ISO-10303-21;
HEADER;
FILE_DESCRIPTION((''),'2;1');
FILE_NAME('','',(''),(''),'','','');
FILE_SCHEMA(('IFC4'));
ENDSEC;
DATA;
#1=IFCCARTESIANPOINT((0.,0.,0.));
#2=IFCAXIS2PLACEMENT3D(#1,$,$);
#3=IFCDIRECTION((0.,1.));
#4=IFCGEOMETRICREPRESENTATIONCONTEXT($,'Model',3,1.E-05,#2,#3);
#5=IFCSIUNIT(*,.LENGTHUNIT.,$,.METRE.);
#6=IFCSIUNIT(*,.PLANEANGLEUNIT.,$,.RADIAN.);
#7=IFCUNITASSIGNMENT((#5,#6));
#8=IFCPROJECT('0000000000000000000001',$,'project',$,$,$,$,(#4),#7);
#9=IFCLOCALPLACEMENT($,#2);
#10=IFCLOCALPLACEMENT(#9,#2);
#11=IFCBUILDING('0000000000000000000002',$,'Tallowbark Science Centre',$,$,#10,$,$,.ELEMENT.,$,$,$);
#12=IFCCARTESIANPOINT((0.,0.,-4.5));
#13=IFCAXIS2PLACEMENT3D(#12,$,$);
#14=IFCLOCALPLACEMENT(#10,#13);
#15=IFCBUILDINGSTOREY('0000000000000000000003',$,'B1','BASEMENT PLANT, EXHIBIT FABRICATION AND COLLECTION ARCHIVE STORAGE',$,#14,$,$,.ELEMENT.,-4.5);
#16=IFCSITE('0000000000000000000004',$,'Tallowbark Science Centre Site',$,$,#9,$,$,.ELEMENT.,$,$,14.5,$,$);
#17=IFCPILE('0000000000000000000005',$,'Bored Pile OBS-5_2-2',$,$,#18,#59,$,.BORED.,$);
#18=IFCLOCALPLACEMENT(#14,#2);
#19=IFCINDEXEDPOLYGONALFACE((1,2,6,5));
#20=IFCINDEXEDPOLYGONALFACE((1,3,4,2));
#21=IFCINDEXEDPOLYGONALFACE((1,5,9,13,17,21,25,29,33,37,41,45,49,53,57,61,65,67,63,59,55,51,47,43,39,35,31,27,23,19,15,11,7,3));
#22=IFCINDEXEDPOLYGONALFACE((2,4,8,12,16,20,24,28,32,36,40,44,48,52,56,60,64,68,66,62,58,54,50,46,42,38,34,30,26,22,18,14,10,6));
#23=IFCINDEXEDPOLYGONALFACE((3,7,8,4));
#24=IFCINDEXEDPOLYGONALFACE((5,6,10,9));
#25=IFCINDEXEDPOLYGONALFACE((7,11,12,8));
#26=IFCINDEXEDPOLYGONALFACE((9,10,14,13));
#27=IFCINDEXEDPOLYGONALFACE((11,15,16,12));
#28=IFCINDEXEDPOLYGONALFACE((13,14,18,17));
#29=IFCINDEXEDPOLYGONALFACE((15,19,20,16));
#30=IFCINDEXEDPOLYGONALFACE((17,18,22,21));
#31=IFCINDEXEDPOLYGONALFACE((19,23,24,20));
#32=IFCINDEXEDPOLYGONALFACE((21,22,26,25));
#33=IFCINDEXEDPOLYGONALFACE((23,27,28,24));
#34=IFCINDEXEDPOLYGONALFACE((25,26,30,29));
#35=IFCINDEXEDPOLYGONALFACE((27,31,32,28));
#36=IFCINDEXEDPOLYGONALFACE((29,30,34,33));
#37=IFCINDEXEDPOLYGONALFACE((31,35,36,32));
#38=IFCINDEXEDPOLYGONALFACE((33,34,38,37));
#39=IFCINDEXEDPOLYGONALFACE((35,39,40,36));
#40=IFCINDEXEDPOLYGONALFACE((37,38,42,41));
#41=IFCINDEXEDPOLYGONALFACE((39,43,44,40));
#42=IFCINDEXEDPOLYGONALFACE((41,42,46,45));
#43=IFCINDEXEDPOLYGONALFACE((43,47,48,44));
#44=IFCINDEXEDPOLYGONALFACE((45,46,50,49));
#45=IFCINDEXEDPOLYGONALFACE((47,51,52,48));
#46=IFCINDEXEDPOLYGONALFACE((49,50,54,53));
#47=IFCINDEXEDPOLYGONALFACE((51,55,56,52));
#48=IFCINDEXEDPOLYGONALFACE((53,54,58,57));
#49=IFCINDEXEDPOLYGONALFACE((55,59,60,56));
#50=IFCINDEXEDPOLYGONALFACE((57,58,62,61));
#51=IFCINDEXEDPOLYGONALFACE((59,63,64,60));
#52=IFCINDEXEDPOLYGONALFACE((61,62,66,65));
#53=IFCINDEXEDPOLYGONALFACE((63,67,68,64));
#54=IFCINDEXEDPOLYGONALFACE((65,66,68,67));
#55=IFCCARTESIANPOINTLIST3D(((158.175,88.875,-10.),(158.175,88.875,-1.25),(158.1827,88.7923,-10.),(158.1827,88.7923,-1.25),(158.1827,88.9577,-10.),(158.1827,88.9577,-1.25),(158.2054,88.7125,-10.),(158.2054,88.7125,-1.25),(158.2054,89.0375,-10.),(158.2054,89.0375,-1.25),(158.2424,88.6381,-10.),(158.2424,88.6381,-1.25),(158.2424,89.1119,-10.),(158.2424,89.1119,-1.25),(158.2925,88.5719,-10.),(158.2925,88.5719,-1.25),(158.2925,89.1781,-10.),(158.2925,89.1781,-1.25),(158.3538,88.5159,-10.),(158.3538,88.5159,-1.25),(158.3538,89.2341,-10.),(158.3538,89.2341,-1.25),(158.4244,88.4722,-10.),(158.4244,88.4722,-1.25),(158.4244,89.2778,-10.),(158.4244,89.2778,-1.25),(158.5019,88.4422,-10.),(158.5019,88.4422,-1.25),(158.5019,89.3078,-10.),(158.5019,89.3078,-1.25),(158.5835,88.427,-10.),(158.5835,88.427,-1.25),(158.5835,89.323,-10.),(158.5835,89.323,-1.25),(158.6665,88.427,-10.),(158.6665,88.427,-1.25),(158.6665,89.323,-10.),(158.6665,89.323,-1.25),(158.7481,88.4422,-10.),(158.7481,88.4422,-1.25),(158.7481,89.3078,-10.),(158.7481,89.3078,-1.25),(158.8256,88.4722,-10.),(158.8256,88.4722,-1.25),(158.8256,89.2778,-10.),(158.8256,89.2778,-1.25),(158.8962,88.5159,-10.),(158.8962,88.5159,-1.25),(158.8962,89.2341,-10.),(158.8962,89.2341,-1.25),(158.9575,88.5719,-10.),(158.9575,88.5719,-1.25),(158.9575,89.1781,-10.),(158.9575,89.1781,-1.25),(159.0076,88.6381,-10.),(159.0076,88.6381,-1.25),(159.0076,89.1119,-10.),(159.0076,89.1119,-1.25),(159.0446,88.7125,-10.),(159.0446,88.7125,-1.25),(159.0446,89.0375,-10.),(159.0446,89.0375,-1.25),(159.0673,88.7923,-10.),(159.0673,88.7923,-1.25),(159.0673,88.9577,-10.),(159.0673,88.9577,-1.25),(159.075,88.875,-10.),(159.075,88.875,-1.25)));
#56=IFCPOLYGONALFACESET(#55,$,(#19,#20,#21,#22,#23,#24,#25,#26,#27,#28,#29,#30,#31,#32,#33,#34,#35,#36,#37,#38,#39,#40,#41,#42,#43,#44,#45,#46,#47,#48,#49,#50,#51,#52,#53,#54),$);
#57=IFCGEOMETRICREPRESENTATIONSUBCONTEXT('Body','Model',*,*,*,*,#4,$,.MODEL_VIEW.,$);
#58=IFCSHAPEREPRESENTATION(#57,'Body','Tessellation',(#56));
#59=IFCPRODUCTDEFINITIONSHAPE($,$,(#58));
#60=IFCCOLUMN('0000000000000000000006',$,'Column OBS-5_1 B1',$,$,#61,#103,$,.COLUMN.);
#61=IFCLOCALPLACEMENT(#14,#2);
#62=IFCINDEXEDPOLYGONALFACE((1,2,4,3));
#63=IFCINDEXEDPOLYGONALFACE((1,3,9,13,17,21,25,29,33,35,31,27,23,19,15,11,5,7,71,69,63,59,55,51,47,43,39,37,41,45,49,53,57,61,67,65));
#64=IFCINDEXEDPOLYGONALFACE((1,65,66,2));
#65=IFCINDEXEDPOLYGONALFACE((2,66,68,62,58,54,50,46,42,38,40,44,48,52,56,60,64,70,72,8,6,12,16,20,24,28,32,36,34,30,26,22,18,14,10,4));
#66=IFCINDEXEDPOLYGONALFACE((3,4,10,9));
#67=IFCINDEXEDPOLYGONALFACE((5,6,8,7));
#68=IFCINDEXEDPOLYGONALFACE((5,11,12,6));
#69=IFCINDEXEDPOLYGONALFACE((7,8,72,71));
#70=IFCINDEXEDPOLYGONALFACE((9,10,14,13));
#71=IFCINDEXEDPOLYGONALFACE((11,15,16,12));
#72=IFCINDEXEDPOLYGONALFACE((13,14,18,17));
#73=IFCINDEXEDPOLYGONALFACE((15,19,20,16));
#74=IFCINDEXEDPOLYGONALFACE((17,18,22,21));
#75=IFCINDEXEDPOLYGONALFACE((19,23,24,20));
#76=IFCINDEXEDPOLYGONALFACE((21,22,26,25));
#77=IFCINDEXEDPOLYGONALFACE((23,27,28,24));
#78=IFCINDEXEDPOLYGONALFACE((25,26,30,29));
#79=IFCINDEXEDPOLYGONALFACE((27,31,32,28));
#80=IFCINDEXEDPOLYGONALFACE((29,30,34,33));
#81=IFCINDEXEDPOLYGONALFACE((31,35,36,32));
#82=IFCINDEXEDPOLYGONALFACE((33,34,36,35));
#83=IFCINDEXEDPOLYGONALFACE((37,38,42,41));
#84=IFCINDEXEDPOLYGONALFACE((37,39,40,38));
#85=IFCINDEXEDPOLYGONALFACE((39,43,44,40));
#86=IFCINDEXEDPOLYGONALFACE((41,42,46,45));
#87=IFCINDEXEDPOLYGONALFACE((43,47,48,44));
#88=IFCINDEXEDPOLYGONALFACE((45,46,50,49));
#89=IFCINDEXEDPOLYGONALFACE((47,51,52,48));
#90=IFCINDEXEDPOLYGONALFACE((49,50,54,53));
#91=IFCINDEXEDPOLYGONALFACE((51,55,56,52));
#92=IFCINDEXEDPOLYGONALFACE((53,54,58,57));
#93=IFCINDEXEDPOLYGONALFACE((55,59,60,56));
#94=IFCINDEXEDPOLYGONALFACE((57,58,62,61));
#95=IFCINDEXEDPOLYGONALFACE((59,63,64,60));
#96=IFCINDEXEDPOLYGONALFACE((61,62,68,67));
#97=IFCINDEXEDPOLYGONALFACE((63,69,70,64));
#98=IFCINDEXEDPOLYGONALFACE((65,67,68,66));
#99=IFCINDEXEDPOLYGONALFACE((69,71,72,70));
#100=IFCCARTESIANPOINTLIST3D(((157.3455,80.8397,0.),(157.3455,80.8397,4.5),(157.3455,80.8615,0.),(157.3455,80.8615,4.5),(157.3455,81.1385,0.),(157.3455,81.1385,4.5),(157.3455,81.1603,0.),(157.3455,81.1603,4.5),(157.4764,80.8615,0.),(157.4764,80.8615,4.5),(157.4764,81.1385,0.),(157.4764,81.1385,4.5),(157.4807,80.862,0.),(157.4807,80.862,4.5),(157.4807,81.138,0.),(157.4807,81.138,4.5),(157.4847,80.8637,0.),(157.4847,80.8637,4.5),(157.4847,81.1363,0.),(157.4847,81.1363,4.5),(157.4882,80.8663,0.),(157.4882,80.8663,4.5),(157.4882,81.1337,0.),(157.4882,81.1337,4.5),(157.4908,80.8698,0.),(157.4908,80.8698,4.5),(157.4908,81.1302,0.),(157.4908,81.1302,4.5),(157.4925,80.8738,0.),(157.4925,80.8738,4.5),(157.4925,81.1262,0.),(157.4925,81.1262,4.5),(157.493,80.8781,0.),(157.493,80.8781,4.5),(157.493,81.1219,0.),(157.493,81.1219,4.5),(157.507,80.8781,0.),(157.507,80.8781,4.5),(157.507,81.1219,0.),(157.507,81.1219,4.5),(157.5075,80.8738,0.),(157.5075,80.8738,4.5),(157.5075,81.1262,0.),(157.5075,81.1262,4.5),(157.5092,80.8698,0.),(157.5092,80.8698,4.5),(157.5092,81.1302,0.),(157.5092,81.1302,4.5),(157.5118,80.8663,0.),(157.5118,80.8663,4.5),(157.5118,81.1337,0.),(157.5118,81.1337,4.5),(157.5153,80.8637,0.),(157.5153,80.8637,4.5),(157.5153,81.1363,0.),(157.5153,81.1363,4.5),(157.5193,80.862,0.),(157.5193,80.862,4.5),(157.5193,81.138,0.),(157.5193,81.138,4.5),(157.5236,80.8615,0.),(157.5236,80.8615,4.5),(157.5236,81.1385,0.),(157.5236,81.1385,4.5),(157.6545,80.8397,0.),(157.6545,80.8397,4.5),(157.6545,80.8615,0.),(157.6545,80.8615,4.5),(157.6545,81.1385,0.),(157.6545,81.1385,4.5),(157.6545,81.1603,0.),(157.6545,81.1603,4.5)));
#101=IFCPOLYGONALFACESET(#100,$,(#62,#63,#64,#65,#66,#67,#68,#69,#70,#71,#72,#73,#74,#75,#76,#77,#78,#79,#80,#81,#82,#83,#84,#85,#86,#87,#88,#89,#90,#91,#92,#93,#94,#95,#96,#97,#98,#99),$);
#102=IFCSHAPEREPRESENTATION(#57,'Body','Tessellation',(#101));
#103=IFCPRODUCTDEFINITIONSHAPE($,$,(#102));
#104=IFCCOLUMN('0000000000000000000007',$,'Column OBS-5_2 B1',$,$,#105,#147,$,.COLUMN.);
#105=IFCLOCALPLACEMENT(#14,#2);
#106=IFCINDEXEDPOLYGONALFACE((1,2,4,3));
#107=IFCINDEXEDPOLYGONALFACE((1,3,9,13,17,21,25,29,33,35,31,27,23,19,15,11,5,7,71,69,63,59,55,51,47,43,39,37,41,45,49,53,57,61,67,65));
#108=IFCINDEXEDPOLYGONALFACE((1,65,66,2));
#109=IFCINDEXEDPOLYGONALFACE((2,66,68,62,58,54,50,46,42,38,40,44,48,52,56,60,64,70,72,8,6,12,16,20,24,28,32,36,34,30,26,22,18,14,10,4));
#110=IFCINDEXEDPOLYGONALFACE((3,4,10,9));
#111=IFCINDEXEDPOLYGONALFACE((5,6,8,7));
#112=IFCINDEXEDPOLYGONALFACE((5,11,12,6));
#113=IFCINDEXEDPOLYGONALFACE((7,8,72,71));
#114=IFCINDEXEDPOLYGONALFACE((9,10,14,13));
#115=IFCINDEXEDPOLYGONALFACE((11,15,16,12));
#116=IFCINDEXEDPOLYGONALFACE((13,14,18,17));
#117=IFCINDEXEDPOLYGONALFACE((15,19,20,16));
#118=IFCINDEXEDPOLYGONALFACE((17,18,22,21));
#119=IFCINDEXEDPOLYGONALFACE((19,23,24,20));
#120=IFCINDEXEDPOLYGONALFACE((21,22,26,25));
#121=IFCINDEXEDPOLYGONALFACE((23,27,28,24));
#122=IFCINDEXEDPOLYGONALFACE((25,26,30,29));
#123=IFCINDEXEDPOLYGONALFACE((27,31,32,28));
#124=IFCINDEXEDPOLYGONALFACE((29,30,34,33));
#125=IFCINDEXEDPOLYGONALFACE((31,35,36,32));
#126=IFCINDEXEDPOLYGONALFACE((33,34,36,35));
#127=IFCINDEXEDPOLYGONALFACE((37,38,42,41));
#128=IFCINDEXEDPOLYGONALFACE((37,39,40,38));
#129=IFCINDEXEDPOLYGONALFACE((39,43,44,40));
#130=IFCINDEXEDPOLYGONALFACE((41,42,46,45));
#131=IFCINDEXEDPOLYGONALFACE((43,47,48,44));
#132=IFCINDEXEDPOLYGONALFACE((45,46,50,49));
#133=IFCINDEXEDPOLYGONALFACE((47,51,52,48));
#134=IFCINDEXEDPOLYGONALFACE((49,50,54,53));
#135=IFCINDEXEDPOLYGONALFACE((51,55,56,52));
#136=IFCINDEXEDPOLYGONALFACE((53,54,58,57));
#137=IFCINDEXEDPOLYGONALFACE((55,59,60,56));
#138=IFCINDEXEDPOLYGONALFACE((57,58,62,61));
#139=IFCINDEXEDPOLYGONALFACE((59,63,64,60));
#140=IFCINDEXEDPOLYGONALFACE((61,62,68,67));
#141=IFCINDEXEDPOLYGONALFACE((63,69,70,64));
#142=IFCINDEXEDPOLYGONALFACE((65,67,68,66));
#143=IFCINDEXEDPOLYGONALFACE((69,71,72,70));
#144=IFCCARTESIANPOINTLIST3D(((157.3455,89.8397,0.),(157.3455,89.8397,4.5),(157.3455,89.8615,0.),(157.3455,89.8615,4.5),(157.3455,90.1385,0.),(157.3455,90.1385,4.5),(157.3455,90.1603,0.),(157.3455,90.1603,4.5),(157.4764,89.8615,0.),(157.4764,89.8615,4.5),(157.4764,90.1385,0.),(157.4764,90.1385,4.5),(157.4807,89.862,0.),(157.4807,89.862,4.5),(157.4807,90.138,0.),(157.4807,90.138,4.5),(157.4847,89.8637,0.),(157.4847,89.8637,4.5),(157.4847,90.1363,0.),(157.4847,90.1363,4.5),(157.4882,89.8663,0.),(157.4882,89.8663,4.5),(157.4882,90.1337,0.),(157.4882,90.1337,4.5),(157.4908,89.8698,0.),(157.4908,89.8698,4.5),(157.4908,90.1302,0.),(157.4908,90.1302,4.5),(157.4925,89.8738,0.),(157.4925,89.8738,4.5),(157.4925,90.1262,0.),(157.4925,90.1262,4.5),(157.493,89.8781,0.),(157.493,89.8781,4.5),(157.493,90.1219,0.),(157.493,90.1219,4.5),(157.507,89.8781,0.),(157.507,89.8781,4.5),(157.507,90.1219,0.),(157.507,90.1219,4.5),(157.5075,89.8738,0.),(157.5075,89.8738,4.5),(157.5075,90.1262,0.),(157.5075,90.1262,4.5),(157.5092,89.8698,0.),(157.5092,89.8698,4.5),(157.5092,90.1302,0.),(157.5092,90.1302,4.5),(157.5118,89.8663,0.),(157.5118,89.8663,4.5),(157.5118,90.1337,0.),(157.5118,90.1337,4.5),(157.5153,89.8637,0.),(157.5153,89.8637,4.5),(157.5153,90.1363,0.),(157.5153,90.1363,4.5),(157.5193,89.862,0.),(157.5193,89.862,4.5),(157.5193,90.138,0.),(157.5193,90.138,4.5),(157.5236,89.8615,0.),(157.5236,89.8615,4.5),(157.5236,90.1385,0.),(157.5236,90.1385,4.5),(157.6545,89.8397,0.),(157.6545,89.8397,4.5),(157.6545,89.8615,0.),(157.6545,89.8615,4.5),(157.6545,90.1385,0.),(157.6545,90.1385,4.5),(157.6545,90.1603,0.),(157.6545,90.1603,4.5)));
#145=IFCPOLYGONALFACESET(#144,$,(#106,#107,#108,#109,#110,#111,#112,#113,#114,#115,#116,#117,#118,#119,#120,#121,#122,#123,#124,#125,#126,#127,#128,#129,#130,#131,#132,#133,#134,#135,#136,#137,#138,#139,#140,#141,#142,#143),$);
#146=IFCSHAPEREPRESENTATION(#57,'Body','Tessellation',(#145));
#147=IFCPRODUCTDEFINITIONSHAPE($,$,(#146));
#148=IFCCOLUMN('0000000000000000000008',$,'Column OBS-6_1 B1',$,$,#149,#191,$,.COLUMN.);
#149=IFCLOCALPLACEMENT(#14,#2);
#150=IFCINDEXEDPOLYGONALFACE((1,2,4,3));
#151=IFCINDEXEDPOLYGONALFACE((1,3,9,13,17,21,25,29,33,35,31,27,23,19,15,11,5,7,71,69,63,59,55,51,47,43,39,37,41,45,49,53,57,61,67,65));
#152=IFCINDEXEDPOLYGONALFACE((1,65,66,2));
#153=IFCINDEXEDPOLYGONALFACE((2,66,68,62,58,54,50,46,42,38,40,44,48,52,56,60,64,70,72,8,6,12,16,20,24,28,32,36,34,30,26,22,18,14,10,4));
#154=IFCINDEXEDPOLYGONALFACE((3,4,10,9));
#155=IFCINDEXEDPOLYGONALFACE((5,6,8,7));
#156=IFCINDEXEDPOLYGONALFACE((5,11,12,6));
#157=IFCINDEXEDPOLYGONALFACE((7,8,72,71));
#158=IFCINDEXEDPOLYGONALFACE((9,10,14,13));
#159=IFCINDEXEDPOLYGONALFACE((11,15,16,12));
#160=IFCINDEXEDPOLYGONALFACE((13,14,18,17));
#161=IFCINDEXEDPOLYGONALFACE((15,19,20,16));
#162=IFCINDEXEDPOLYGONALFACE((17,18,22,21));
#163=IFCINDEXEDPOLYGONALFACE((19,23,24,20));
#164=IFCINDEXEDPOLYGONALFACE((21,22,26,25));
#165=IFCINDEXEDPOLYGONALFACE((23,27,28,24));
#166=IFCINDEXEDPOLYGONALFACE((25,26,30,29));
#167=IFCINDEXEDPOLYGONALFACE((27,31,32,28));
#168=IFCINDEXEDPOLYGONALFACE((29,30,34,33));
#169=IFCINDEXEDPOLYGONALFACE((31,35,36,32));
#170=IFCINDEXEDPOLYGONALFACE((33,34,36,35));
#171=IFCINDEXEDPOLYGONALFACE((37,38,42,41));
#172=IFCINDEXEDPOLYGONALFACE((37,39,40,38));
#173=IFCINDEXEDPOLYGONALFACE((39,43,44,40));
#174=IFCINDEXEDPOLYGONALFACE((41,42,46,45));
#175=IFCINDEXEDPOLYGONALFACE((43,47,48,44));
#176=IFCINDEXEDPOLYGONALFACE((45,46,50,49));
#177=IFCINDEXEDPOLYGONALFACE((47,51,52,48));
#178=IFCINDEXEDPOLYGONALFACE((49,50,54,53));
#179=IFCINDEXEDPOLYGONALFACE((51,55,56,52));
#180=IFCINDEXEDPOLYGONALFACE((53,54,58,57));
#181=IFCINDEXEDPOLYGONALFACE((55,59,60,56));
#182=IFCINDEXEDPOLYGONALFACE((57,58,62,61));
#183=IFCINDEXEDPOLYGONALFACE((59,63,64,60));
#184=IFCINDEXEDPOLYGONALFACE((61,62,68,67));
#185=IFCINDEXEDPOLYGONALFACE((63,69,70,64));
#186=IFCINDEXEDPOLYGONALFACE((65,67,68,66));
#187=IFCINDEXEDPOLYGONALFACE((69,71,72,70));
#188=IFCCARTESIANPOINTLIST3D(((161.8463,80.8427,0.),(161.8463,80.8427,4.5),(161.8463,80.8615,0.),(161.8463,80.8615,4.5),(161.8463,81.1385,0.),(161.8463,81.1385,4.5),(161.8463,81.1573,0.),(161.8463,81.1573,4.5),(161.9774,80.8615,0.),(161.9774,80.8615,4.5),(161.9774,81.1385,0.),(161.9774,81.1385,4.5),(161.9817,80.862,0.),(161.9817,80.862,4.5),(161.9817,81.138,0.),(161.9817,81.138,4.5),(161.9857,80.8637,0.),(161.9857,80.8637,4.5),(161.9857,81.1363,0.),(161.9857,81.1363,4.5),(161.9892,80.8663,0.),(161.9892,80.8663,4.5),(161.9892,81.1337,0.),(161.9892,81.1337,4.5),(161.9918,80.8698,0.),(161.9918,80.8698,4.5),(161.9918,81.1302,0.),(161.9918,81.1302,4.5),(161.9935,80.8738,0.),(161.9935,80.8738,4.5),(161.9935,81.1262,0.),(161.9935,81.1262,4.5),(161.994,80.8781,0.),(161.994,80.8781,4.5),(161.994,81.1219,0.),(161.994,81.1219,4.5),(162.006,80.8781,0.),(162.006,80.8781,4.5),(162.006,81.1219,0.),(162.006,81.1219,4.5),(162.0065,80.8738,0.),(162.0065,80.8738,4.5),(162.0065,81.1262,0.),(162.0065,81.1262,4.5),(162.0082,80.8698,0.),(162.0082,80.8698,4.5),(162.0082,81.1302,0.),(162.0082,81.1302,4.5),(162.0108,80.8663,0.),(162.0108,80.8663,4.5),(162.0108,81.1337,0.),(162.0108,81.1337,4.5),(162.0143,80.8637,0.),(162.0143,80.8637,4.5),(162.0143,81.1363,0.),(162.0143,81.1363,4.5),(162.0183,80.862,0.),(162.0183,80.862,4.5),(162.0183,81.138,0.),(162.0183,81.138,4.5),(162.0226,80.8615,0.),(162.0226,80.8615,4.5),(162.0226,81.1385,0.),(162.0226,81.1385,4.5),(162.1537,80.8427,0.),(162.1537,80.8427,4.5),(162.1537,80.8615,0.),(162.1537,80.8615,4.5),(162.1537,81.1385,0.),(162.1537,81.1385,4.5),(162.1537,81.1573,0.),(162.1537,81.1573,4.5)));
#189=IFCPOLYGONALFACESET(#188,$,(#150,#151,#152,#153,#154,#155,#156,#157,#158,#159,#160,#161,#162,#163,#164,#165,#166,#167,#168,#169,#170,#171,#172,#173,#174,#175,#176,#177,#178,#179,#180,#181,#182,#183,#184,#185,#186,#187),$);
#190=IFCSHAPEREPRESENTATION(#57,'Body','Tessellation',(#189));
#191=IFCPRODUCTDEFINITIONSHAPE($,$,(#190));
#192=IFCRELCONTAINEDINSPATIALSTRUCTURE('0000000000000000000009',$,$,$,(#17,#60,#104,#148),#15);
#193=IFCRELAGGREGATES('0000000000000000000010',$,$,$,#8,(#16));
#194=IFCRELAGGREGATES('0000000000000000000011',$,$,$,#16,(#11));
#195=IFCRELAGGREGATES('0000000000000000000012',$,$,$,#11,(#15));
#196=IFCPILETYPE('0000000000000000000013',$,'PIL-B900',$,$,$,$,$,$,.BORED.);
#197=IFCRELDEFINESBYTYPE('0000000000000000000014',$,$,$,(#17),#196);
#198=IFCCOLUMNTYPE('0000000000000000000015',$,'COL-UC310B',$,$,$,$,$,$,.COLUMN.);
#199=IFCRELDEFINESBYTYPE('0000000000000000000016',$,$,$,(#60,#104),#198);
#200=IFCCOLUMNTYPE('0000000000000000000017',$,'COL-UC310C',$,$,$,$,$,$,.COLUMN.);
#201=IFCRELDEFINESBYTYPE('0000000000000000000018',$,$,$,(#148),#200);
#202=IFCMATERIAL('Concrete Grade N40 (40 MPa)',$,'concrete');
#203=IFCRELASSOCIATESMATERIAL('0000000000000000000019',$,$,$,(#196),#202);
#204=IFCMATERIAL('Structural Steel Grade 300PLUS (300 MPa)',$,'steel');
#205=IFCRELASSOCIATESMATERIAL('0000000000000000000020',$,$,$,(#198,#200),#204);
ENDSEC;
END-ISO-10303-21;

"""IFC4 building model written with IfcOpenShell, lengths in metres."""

from ifc_helpers import new_model, si_unit, direction, frame, origin, origin_2d, place, context, subcontext, project, spatial, circle, i_section, extrude, material, material_profile, profile_set, type_object, element, save


model = new_model("IFC4")

# Units and contexts
model_context = context("Model", 3, precision=1e-05, world=origin(), true_north=direction((0.0, 1.0)))
body_context = subcontext(model_context, "Body", "Model", "MODEL_VIEW")
ifc_project = project(units=[si_unit("LENGTHUNIT", "METRE"), si_unit("PLANEANGLEUNIT", "RADIAN")], contexts=[model_context])

# Site, building, storey
site_placement = place(None, origin())
site = spatial("IfcSite", under=ifc_project, at=site_placement, Name="Tallowbark Science Centre Site", CompositionType="ELEMENT", RefElevation=14.5)
building_placement = place(site_placement, origin())
building = spatial("IfcBuilding", under=site, at=building_placement, Name="Tallowbark Science Centre", CompositionType="ELEMENT")
storey_placement = place(building_placement, frame((0.0, 0.0, -4.5)))
storey = spatial("IfcBuildingStorey", under=building, at=storey_placement, Name="B1", Description="BASEMENT PLANT, EXHIBIT FABRICATION AND COLLECTION ARCHIVE STORAGE", CompositionType="ELEMENT", Elevation=-4.5)

# Shared definitions
ifc_material_1 = material(Name="Concrete Grade N40 (40 MPa)", Category="concrete")

# Pile
ifc_material_profile_1 = material_profile(ifc_material_1, circle(Radius=0.45, at=origin_2d()), Name="PILE900")
ifc_profile_set_1 = profile_set([ifc_material_profile_1], Name="Concrete Grade N40 (40 MPa)")
pile_type_1 = type_object("IfcPileType", Name="PIL-B900", PredefinedType="BORED", material=ifc_profile_set_1)
for number, where, z_axis, x_axis, name in (
    (1, (158.625, 88.875, -1.25), (0.0, 0.0, -1.0), (1.0, 0.0, 0.0), "Bored Pile OBS-5_2-2"),
):
    element("IfcPile", number, at=place(storey_placement, frame(where, z_axis=z_axis, x_axis=x_axis)), inside=storey, type_object=pile_type_1, Name=name, PredefinedType="BORED", context=body_context, shape_type="SweptSolid", body=[
        extrude(circle(Radius=0.45, at=origin_2d()), origin(), (0.0, 0.0, 1.0), 8.75),
    ])

# Columns
ifc_material_2 = material(Name="Structural Steel Grade 300PLUS (300 MPa)", Category="steel")
ifc_material_profile_2 = material_profile(ifc_material_2, i_section(OverallWidth=0.3091, OverallDepth=0.3206, WebThickness=0.0139, FlangeThickness=0.0217, FilletRadius=0.0166, at=origin_2d()), Name="310UC137")
ifc_profile_set_2 = profile_set([ifc_material_profile_2], Name="Structural Steel Grade 300PLUS (300 MPa)")
column_type_1 = type_object("IfcColumnType", Name="COL-UC310B", PredefinedType="COLUMN", material=ifc_profile_set_2)
for number, where, z_axis, x_axis, name in (
    (2, (157.5, 81.0, 0.0), (0.0, 0.0, 1.0), (1.0, 0.0, 0.0), "Column OBS-5_1 B1"),
    (3, (157.5, 90.0, 0.0), (0.0, 0.0, 1.0), (1.0, 0.0, 0.0), "Column OBS-5_2 B1"),
):
    element("IfcColumn", number, at=place(storey_placement, frame(where, z_axis=z_axis, x_axis=x_axis)), inside=storey, type_object=column_type_1, Name=name, PredefinedType="COLUMN", context=body_context, shape_type="SweptSolid", body=[
        extrude(i_section(OverallWidth=0.3091, OverallDepth=0.3206, WebThickness=0.0139, FlangeThickness=0.0217, FilletRadius=0.0166, at=origin_2d()), origin(), (0.0, 0.0, 1.0), 4.5),
    ])
ifc_material_profile_3 = material_profile(ifc_material_2, i_section(OverallWidth=0.3074, OverallDepth=0.3147, WebThickness=0.012, FlangeThickness=0.0188, FilletRadius=0.0166, at=origin_2d()), Name="310UC118")
ifc_profile_set_3 = profile_set([ifc_material_profile_3], Name="Structural Steel Grade 300PLUS (300 MPa)")
column_type_2 = type_object("IfcColumnType", Name="COL-UC310C", PredefinedType="COLUMN", material=ifc_profile_set_3)
column_1_placement = place(storey_placement, frame((162.0, 81.0, 0.0), z_axis=(0.0, 0.0, 1.0), x_axis=(1.0, 0.0, 0.0)))
element("IfcColumn", 4, at=column_1_placement, inside=storey, type_object=column_type_2, Name="Column OBS-6_1 B1", PredefinedType="COLUMN", context=body_context, shape_type="SweptSolid", body=[
    extrude(i_section(OverallWidth=0.3074, OverallDepth=0.3147, WebThickness=0.012, FlangeThickness=0.0188, FilletRadius=0.0166, at=origin_2d()), origin(), (0.0, 0.0, 1.0), 4.5),
])

save(model, "model.ifc")
